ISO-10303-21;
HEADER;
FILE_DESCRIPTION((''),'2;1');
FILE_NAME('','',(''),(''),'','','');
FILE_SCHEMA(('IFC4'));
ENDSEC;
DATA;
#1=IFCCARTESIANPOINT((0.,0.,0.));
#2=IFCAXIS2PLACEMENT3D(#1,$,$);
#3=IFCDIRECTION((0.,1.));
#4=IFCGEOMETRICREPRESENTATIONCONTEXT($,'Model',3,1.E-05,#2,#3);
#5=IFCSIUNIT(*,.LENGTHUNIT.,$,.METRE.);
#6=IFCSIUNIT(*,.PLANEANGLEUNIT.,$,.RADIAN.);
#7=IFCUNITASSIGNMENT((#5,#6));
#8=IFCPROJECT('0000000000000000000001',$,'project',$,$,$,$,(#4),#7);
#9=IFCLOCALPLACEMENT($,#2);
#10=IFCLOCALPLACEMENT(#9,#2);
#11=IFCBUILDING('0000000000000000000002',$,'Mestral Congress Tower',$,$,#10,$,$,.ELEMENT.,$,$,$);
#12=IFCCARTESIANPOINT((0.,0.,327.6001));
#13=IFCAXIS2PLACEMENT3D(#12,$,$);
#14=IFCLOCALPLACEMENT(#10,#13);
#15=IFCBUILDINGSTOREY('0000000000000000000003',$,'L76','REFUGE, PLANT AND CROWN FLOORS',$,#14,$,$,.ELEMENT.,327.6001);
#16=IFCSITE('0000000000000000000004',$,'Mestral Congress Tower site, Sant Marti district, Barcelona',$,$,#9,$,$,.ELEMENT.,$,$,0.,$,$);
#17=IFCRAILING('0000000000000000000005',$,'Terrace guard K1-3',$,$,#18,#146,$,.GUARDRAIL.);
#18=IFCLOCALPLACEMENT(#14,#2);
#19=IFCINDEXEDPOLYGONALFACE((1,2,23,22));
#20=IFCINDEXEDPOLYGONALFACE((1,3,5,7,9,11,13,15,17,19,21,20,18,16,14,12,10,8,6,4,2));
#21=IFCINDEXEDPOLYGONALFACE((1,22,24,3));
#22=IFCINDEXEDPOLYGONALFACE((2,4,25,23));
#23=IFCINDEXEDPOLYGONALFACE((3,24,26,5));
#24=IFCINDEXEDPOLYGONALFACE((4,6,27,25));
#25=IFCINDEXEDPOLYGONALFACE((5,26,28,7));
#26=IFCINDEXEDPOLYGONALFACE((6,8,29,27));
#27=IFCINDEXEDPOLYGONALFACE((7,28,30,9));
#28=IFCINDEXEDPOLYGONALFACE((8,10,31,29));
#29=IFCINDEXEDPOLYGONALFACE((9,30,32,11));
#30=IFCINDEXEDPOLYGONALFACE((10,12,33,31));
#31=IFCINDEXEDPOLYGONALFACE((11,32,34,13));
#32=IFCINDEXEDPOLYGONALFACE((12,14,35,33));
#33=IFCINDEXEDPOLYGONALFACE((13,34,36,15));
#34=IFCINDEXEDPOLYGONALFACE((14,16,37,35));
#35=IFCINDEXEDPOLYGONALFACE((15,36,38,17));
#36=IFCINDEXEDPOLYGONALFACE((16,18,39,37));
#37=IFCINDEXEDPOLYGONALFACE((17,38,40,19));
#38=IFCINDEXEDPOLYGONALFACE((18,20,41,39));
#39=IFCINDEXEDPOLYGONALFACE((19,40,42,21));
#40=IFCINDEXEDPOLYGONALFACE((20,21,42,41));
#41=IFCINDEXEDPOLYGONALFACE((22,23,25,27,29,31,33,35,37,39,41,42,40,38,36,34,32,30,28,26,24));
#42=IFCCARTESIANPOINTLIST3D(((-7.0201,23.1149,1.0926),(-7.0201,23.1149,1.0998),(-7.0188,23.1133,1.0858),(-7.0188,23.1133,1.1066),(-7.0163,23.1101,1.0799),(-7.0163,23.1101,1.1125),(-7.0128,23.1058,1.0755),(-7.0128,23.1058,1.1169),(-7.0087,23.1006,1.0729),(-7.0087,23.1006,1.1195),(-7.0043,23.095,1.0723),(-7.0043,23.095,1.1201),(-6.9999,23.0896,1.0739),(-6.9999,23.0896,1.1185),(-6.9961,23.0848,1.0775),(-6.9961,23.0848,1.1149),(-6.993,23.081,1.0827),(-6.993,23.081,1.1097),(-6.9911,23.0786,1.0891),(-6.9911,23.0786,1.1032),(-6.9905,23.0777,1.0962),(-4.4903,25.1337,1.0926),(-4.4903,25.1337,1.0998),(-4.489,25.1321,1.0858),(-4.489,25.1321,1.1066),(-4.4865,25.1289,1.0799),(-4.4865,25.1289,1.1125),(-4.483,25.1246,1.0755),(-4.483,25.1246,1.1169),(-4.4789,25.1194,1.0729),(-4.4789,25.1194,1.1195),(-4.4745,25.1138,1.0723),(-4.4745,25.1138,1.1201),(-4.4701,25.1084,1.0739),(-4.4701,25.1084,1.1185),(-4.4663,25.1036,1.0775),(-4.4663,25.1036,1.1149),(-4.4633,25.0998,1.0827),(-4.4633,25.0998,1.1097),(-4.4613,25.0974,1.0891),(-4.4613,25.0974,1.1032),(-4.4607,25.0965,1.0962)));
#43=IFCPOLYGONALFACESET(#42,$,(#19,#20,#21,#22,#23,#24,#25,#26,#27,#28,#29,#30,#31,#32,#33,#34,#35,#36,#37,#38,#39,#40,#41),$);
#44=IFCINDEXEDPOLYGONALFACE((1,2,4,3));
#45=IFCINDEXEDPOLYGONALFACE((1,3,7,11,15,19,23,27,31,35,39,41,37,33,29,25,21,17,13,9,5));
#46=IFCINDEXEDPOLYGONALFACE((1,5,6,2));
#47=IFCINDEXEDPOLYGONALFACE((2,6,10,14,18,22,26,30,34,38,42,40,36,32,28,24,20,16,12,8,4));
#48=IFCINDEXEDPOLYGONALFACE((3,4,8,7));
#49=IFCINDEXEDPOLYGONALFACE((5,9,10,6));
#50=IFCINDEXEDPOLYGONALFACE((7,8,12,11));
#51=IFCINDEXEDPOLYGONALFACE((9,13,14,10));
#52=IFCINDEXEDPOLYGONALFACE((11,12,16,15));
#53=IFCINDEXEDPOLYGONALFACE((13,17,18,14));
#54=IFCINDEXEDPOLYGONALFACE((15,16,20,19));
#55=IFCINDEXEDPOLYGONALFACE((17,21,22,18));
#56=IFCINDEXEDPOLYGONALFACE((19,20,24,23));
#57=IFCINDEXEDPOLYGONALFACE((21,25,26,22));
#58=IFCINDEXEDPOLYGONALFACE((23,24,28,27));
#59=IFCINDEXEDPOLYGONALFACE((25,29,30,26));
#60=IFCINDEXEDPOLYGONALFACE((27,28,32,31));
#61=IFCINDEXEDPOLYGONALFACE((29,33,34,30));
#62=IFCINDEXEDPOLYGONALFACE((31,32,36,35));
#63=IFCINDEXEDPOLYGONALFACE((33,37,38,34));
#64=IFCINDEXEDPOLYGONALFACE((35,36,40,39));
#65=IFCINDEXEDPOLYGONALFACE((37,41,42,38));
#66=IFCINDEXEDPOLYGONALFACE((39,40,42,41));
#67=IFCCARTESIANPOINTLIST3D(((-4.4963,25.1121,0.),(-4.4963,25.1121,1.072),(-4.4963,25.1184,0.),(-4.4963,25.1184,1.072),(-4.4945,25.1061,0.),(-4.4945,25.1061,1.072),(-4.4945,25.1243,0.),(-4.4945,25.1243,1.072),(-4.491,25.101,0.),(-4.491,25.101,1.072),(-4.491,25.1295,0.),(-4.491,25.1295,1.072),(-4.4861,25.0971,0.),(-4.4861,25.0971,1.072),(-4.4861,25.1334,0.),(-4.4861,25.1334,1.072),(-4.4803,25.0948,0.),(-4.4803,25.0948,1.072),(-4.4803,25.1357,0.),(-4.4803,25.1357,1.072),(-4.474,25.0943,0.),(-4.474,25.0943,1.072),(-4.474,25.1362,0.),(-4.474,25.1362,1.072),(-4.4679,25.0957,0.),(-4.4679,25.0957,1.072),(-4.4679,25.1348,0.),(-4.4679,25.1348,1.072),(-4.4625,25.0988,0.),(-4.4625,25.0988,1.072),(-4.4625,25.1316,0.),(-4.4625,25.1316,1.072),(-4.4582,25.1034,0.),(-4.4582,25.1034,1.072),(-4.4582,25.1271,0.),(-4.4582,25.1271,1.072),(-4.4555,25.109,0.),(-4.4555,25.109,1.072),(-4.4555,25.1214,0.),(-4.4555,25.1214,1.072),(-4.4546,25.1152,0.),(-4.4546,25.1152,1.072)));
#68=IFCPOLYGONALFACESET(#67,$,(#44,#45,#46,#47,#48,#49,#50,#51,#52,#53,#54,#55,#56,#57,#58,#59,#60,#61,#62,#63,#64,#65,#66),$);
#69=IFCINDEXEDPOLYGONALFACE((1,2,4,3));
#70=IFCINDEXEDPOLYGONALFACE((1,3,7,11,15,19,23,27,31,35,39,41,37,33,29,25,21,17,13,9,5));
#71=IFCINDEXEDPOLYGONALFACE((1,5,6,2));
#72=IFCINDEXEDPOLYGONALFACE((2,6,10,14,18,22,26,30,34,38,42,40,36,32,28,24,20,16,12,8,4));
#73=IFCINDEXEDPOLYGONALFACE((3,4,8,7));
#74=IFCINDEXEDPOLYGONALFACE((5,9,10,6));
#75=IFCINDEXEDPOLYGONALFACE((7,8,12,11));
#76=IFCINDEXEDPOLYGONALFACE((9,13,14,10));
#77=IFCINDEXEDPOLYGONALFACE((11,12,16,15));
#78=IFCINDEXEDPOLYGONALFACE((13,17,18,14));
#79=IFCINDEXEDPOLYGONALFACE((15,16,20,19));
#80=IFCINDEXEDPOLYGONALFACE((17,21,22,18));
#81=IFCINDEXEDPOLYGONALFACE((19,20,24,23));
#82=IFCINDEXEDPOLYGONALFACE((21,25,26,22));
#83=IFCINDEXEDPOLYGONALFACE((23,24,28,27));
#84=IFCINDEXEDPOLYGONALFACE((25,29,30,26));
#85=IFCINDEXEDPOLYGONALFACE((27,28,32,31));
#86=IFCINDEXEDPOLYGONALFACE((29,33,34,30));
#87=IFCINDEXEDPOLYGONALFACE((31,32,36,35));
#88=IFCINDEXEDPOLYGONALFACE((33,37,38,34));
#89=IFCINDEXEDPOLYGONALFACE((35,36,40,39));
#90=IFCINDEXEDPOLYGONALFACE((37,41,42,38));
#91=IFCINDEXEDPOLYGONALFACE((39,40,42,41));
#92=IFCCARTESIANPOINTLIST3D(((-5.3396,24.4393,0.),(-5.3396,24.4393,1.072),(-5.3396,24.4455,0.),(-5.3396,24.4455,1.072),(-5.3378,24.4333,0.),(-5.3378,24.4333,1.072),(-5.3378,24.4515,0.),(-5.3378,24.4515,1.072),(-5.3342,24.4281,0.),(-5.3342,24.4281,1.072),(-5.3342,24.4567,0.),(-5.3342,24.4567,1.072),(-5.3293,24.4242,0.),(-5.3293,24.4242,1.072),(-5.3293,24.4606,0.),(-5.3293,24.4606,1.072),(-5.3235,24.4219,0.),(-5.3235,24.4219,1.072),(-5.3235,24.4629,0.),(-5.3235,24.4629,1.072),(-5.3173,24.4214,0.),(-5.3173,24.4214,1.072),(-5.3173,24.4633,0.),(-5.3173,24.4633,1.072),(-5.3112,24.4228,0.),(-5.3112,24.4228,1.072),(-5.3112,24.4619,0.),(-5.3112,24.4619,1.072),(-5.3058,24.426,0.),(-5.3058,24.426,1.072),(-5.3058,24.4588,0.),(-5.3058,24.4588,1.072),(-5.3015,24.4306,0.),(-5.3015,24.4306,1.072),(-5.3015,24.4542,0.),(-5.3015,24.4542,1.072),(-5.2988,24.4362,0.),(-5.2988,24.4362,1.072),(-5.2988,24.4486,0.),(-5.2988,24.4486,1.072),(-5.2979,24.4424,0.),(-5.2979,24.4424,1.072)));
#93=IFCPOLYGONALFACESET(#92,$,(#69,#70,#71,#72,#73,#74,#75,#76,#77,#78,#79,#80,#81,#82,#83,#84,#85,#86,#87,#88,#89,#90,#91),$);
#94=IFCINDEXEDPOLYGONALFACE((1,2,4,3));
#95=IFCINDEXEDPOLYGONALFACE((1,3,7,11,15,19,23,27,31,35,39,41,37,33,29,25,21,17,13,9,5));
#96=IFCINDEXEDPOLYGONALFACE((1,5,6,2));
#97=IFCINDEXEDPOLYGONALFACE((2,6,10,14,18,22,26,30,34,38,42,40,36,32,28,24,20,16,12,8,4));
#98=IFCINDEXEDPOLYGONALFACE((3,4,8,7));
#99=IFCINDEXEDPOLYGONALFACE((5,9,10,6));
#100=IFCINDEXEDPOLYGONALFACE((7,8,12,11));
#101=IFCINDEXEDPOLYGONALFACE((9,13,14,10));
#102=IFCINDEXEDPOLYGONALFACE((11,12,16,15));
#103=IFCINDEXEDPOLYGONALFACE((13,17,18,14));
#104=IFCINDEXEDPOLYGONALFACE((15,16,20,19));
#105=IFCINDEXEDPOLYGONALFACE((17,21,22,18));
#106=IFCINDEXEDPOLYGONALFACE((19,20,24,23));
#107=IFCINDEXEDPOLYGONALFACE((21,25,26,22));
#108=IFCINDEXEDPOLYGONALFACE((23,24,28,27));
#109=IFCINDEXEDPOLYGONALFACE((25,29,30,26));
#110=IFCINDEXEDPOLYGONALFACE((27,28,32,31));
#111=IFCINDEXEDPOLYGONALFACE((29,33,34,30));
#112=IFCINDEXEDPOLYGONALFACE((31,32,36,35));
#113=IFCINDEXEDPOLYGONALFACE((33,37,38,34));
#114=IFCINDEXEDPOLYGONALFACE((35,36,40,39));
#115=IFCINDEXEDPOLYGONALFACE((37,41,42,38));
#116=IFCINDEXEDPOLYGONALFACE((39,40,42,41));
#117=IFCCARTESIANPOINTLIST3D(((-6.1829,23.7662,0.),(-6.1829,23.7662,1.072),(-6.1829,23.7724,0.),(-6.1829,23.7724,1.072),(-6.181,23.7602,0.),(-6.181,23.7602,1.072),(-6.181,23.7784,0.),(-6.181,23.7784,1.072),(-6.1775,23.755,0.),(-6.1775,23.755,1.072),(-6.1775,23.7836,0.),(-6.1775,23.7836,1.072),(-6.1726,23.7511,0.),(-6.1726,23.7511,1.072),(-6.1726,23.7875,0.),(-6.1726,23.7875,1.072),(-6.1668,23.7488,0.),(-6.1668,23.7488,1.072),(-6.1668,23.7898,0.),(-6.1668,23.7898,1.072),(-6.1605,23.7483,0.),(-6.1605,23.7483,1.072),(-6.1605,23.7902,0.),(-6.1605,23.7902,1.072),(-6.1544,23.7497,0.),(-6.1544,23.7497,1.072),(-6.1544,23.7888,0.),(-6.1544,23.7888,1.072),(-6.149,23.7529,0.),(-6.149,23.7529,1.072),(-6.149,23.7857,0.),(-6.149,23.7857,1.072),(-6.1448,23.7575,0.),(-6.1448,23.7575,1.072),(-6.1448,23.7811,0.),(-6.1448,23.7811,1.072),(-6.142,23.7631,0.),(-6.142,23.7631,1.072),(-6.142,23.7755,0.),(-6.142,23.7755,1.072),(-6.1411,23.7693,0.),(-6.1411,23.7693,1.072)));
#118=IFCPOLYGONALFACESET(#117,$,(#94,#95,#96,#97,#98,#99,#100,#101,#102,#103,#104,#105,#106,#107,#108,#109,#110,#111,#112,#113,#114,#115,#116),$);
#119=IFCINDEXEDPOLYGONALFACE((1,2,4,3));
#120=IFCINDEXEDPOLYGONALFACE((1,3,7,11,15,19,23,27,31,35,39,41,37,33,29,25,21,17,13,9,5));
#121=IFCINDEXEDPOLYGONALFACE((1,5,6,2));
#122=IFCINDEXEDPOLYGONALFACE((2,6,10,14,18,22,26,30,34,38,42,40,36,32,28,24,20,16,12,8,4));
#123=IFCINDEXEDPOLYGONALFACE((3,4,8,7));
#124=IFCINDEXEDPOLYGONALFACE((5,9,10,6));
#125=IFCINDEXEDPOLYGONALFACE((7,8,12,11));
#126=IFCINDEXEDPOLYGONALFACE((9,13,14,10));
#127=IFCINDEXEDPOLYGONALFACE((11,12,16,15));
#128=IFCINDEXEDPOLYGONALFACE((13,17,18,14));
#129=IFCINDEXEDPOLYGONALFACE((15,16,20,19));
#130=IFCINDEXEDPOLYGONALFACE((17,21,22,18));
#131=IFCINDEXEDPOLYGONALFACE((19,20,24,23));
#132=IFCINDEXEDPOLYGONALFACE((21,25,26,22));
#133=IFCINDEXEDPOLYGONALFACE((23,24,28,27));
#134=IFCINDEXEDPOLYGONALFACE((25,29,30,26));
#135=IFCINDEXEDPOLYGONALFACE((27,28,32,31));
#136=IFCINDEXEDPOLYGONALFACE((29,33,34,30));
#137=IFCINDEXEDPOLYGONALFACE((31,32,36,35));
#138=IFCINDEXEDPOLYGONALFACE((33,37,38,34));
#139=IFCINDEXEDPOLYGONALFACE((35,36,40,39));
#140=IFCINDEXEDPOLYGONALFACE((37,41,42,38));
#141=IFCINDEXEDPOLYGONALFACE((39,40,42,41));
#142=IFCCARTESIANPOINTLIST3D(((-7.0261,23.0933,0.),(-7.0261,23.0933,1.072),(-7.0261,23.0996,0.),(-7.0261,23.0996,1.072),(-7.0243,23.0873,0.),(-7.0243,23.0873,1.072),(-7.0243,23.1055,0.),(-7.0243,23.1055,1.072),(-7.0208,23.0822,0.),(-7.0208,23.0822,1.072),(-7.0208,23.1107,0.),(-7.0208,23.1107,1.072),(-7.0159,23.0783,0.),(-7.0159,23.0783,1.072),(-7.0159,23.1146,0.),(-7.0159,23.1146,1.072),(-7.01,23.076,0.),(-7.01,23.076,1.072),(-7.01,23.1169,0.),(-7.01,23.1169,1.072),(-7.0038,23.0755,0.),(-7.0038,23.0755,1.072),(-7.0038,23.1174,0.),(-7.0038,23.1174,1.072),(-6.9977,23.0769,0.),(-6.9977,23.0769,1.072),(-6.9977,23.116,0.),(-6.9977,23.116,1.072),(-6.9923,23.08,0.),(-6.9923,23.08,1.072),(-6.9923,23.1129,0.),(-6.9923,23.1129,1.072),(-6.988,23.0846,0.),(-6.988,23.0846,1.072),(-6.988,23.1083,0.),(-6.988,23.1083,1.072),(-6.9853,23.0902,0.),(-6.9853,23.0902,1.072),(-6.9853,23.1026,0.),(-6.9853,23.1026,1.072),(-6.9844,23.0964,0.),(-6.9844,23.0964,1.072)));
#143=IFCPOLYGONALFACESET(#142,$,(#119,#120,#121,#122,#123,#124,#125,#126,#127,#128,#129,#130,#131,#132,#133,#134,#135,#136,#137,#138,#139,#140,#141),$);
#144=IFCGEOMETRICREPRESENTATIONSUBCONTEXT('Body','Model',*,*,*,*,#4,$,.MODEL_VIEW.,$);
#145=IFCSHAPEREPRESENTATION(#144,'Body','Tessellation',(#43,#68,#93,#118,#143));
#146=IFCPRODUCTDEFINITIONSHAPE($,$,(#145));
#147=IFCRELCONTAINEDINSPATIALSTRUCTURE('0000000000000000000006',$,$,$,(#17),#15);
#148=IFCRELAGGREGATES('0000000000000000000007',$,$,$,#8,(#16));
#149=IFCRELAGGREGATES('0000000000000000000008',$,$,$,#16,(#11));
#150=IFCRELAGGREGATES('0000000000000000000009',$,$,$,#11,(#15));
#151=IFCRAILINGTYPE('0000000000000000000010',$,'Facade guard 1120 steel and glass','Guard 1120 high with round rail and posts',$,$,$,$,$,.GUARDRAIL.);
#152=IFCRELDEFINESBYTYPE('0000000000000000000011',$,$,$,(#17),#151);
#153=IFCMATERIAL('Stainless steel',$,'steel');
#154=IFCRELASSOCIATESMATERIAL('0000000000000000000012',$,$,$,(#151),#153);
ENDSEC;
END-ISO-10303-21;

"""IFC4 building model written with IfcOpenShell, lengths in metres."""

from ifc_helpers import new_model, si_unit, direction, frame, origin, origin_2d, place, context, subcontext, project, spatial, circle, extrude, material, type_object, element, save


model = new_model("IFC4")

# Units and contexts
model_context = context("Model", 3, precision=1e-05, world=origin(), true_north=direction((0.0, 1.0)))
body_context = subcontext(model_context, "Body", "Model", "MODEL_VIEW")
ifc_project = project(units=[si_unit("LENGTHUNIT", "METRE"), si_unit("PLANEANGLEUNIT", "RADIAN")], contexts=[model_context])

# Site, building, storey
site_placement = place(None, origin())
site = spatial("IfcSite", under=ifc_project, at=site_placement, Name="Mestral Congress Tower site, Sant Marti district, Barcelona", CompositionType="ELEMENT", RefElevation=0.0)
building_placement = place(site_placement, origin())
building = spatial("IfcBuilding", under=site, at=building_placement, Name="Mestral Congress Tower", CompositionType="ELEMENT")
storey_placement = place(building_placement, frame((0.0, 0.0, 327.6001)))
storey = spatial("IfcBuildingStorey", under=building, at=storey_placement, Name="L76", Description="REFUGE, PLANT AND CROWN FLOORS", CompositionType="ELEMENT", Elevation=327.6001)

# Railing
ifc_material_1 = material(Name="Stainless steel", Category="steel")
railing_type_1 = type_object("IfcRailingType", Name="Facade guard 1120 steel and glass", Description="Guard 1120 high with round rail and posts", PredefinedType="GUARDRAIL", material=ifc_material_1)
railing_1_placement = place(storey_placement, frame((-4.4756, 25.1152, 0.0)))
element("IfcRailing", 1, at=railing_1_placement, inside=storey, type_object=railing_type_1, Name="Terrace guard K1-3", PredefinedType="GUARDRAIL", context=body_context, shape_type="SweptSolid", body=[
    extrude(circle(Radius=0.0239, at=origin_2d()), frame((0.0, 0.0, 1.0962), z_axis=(-0.781626, -0.623747, 0.0), x_axis=(0.623747, -0.781626, 0.0)), (0.0, 0.0, 1.0), 3.2366),
    extrude(circle(Radius=0.021, at=origin_2d()), origin(), (0.0, 0.0, 1.0), 1.072),
    extrude(circle(Radius=0.021, at=origin_2d()), frame((-0.8433, -0.6729, 0.0)), (0.0, 0.0, 1.0), 1.072),
    extrude(circle(Radius=0.021, at=origin_2d()), frame((-1.6865, -1.3459, 0.0)), (0.0, 0.0, 1.0), 1.072),
    extrude(circle(Radius=0.021, at=origin_2d()), frame((-2.5298, -2.0188, 0.0)), (0.0, 0.0, 1.0), 1.072),
])

save(model, "model.ifc")
